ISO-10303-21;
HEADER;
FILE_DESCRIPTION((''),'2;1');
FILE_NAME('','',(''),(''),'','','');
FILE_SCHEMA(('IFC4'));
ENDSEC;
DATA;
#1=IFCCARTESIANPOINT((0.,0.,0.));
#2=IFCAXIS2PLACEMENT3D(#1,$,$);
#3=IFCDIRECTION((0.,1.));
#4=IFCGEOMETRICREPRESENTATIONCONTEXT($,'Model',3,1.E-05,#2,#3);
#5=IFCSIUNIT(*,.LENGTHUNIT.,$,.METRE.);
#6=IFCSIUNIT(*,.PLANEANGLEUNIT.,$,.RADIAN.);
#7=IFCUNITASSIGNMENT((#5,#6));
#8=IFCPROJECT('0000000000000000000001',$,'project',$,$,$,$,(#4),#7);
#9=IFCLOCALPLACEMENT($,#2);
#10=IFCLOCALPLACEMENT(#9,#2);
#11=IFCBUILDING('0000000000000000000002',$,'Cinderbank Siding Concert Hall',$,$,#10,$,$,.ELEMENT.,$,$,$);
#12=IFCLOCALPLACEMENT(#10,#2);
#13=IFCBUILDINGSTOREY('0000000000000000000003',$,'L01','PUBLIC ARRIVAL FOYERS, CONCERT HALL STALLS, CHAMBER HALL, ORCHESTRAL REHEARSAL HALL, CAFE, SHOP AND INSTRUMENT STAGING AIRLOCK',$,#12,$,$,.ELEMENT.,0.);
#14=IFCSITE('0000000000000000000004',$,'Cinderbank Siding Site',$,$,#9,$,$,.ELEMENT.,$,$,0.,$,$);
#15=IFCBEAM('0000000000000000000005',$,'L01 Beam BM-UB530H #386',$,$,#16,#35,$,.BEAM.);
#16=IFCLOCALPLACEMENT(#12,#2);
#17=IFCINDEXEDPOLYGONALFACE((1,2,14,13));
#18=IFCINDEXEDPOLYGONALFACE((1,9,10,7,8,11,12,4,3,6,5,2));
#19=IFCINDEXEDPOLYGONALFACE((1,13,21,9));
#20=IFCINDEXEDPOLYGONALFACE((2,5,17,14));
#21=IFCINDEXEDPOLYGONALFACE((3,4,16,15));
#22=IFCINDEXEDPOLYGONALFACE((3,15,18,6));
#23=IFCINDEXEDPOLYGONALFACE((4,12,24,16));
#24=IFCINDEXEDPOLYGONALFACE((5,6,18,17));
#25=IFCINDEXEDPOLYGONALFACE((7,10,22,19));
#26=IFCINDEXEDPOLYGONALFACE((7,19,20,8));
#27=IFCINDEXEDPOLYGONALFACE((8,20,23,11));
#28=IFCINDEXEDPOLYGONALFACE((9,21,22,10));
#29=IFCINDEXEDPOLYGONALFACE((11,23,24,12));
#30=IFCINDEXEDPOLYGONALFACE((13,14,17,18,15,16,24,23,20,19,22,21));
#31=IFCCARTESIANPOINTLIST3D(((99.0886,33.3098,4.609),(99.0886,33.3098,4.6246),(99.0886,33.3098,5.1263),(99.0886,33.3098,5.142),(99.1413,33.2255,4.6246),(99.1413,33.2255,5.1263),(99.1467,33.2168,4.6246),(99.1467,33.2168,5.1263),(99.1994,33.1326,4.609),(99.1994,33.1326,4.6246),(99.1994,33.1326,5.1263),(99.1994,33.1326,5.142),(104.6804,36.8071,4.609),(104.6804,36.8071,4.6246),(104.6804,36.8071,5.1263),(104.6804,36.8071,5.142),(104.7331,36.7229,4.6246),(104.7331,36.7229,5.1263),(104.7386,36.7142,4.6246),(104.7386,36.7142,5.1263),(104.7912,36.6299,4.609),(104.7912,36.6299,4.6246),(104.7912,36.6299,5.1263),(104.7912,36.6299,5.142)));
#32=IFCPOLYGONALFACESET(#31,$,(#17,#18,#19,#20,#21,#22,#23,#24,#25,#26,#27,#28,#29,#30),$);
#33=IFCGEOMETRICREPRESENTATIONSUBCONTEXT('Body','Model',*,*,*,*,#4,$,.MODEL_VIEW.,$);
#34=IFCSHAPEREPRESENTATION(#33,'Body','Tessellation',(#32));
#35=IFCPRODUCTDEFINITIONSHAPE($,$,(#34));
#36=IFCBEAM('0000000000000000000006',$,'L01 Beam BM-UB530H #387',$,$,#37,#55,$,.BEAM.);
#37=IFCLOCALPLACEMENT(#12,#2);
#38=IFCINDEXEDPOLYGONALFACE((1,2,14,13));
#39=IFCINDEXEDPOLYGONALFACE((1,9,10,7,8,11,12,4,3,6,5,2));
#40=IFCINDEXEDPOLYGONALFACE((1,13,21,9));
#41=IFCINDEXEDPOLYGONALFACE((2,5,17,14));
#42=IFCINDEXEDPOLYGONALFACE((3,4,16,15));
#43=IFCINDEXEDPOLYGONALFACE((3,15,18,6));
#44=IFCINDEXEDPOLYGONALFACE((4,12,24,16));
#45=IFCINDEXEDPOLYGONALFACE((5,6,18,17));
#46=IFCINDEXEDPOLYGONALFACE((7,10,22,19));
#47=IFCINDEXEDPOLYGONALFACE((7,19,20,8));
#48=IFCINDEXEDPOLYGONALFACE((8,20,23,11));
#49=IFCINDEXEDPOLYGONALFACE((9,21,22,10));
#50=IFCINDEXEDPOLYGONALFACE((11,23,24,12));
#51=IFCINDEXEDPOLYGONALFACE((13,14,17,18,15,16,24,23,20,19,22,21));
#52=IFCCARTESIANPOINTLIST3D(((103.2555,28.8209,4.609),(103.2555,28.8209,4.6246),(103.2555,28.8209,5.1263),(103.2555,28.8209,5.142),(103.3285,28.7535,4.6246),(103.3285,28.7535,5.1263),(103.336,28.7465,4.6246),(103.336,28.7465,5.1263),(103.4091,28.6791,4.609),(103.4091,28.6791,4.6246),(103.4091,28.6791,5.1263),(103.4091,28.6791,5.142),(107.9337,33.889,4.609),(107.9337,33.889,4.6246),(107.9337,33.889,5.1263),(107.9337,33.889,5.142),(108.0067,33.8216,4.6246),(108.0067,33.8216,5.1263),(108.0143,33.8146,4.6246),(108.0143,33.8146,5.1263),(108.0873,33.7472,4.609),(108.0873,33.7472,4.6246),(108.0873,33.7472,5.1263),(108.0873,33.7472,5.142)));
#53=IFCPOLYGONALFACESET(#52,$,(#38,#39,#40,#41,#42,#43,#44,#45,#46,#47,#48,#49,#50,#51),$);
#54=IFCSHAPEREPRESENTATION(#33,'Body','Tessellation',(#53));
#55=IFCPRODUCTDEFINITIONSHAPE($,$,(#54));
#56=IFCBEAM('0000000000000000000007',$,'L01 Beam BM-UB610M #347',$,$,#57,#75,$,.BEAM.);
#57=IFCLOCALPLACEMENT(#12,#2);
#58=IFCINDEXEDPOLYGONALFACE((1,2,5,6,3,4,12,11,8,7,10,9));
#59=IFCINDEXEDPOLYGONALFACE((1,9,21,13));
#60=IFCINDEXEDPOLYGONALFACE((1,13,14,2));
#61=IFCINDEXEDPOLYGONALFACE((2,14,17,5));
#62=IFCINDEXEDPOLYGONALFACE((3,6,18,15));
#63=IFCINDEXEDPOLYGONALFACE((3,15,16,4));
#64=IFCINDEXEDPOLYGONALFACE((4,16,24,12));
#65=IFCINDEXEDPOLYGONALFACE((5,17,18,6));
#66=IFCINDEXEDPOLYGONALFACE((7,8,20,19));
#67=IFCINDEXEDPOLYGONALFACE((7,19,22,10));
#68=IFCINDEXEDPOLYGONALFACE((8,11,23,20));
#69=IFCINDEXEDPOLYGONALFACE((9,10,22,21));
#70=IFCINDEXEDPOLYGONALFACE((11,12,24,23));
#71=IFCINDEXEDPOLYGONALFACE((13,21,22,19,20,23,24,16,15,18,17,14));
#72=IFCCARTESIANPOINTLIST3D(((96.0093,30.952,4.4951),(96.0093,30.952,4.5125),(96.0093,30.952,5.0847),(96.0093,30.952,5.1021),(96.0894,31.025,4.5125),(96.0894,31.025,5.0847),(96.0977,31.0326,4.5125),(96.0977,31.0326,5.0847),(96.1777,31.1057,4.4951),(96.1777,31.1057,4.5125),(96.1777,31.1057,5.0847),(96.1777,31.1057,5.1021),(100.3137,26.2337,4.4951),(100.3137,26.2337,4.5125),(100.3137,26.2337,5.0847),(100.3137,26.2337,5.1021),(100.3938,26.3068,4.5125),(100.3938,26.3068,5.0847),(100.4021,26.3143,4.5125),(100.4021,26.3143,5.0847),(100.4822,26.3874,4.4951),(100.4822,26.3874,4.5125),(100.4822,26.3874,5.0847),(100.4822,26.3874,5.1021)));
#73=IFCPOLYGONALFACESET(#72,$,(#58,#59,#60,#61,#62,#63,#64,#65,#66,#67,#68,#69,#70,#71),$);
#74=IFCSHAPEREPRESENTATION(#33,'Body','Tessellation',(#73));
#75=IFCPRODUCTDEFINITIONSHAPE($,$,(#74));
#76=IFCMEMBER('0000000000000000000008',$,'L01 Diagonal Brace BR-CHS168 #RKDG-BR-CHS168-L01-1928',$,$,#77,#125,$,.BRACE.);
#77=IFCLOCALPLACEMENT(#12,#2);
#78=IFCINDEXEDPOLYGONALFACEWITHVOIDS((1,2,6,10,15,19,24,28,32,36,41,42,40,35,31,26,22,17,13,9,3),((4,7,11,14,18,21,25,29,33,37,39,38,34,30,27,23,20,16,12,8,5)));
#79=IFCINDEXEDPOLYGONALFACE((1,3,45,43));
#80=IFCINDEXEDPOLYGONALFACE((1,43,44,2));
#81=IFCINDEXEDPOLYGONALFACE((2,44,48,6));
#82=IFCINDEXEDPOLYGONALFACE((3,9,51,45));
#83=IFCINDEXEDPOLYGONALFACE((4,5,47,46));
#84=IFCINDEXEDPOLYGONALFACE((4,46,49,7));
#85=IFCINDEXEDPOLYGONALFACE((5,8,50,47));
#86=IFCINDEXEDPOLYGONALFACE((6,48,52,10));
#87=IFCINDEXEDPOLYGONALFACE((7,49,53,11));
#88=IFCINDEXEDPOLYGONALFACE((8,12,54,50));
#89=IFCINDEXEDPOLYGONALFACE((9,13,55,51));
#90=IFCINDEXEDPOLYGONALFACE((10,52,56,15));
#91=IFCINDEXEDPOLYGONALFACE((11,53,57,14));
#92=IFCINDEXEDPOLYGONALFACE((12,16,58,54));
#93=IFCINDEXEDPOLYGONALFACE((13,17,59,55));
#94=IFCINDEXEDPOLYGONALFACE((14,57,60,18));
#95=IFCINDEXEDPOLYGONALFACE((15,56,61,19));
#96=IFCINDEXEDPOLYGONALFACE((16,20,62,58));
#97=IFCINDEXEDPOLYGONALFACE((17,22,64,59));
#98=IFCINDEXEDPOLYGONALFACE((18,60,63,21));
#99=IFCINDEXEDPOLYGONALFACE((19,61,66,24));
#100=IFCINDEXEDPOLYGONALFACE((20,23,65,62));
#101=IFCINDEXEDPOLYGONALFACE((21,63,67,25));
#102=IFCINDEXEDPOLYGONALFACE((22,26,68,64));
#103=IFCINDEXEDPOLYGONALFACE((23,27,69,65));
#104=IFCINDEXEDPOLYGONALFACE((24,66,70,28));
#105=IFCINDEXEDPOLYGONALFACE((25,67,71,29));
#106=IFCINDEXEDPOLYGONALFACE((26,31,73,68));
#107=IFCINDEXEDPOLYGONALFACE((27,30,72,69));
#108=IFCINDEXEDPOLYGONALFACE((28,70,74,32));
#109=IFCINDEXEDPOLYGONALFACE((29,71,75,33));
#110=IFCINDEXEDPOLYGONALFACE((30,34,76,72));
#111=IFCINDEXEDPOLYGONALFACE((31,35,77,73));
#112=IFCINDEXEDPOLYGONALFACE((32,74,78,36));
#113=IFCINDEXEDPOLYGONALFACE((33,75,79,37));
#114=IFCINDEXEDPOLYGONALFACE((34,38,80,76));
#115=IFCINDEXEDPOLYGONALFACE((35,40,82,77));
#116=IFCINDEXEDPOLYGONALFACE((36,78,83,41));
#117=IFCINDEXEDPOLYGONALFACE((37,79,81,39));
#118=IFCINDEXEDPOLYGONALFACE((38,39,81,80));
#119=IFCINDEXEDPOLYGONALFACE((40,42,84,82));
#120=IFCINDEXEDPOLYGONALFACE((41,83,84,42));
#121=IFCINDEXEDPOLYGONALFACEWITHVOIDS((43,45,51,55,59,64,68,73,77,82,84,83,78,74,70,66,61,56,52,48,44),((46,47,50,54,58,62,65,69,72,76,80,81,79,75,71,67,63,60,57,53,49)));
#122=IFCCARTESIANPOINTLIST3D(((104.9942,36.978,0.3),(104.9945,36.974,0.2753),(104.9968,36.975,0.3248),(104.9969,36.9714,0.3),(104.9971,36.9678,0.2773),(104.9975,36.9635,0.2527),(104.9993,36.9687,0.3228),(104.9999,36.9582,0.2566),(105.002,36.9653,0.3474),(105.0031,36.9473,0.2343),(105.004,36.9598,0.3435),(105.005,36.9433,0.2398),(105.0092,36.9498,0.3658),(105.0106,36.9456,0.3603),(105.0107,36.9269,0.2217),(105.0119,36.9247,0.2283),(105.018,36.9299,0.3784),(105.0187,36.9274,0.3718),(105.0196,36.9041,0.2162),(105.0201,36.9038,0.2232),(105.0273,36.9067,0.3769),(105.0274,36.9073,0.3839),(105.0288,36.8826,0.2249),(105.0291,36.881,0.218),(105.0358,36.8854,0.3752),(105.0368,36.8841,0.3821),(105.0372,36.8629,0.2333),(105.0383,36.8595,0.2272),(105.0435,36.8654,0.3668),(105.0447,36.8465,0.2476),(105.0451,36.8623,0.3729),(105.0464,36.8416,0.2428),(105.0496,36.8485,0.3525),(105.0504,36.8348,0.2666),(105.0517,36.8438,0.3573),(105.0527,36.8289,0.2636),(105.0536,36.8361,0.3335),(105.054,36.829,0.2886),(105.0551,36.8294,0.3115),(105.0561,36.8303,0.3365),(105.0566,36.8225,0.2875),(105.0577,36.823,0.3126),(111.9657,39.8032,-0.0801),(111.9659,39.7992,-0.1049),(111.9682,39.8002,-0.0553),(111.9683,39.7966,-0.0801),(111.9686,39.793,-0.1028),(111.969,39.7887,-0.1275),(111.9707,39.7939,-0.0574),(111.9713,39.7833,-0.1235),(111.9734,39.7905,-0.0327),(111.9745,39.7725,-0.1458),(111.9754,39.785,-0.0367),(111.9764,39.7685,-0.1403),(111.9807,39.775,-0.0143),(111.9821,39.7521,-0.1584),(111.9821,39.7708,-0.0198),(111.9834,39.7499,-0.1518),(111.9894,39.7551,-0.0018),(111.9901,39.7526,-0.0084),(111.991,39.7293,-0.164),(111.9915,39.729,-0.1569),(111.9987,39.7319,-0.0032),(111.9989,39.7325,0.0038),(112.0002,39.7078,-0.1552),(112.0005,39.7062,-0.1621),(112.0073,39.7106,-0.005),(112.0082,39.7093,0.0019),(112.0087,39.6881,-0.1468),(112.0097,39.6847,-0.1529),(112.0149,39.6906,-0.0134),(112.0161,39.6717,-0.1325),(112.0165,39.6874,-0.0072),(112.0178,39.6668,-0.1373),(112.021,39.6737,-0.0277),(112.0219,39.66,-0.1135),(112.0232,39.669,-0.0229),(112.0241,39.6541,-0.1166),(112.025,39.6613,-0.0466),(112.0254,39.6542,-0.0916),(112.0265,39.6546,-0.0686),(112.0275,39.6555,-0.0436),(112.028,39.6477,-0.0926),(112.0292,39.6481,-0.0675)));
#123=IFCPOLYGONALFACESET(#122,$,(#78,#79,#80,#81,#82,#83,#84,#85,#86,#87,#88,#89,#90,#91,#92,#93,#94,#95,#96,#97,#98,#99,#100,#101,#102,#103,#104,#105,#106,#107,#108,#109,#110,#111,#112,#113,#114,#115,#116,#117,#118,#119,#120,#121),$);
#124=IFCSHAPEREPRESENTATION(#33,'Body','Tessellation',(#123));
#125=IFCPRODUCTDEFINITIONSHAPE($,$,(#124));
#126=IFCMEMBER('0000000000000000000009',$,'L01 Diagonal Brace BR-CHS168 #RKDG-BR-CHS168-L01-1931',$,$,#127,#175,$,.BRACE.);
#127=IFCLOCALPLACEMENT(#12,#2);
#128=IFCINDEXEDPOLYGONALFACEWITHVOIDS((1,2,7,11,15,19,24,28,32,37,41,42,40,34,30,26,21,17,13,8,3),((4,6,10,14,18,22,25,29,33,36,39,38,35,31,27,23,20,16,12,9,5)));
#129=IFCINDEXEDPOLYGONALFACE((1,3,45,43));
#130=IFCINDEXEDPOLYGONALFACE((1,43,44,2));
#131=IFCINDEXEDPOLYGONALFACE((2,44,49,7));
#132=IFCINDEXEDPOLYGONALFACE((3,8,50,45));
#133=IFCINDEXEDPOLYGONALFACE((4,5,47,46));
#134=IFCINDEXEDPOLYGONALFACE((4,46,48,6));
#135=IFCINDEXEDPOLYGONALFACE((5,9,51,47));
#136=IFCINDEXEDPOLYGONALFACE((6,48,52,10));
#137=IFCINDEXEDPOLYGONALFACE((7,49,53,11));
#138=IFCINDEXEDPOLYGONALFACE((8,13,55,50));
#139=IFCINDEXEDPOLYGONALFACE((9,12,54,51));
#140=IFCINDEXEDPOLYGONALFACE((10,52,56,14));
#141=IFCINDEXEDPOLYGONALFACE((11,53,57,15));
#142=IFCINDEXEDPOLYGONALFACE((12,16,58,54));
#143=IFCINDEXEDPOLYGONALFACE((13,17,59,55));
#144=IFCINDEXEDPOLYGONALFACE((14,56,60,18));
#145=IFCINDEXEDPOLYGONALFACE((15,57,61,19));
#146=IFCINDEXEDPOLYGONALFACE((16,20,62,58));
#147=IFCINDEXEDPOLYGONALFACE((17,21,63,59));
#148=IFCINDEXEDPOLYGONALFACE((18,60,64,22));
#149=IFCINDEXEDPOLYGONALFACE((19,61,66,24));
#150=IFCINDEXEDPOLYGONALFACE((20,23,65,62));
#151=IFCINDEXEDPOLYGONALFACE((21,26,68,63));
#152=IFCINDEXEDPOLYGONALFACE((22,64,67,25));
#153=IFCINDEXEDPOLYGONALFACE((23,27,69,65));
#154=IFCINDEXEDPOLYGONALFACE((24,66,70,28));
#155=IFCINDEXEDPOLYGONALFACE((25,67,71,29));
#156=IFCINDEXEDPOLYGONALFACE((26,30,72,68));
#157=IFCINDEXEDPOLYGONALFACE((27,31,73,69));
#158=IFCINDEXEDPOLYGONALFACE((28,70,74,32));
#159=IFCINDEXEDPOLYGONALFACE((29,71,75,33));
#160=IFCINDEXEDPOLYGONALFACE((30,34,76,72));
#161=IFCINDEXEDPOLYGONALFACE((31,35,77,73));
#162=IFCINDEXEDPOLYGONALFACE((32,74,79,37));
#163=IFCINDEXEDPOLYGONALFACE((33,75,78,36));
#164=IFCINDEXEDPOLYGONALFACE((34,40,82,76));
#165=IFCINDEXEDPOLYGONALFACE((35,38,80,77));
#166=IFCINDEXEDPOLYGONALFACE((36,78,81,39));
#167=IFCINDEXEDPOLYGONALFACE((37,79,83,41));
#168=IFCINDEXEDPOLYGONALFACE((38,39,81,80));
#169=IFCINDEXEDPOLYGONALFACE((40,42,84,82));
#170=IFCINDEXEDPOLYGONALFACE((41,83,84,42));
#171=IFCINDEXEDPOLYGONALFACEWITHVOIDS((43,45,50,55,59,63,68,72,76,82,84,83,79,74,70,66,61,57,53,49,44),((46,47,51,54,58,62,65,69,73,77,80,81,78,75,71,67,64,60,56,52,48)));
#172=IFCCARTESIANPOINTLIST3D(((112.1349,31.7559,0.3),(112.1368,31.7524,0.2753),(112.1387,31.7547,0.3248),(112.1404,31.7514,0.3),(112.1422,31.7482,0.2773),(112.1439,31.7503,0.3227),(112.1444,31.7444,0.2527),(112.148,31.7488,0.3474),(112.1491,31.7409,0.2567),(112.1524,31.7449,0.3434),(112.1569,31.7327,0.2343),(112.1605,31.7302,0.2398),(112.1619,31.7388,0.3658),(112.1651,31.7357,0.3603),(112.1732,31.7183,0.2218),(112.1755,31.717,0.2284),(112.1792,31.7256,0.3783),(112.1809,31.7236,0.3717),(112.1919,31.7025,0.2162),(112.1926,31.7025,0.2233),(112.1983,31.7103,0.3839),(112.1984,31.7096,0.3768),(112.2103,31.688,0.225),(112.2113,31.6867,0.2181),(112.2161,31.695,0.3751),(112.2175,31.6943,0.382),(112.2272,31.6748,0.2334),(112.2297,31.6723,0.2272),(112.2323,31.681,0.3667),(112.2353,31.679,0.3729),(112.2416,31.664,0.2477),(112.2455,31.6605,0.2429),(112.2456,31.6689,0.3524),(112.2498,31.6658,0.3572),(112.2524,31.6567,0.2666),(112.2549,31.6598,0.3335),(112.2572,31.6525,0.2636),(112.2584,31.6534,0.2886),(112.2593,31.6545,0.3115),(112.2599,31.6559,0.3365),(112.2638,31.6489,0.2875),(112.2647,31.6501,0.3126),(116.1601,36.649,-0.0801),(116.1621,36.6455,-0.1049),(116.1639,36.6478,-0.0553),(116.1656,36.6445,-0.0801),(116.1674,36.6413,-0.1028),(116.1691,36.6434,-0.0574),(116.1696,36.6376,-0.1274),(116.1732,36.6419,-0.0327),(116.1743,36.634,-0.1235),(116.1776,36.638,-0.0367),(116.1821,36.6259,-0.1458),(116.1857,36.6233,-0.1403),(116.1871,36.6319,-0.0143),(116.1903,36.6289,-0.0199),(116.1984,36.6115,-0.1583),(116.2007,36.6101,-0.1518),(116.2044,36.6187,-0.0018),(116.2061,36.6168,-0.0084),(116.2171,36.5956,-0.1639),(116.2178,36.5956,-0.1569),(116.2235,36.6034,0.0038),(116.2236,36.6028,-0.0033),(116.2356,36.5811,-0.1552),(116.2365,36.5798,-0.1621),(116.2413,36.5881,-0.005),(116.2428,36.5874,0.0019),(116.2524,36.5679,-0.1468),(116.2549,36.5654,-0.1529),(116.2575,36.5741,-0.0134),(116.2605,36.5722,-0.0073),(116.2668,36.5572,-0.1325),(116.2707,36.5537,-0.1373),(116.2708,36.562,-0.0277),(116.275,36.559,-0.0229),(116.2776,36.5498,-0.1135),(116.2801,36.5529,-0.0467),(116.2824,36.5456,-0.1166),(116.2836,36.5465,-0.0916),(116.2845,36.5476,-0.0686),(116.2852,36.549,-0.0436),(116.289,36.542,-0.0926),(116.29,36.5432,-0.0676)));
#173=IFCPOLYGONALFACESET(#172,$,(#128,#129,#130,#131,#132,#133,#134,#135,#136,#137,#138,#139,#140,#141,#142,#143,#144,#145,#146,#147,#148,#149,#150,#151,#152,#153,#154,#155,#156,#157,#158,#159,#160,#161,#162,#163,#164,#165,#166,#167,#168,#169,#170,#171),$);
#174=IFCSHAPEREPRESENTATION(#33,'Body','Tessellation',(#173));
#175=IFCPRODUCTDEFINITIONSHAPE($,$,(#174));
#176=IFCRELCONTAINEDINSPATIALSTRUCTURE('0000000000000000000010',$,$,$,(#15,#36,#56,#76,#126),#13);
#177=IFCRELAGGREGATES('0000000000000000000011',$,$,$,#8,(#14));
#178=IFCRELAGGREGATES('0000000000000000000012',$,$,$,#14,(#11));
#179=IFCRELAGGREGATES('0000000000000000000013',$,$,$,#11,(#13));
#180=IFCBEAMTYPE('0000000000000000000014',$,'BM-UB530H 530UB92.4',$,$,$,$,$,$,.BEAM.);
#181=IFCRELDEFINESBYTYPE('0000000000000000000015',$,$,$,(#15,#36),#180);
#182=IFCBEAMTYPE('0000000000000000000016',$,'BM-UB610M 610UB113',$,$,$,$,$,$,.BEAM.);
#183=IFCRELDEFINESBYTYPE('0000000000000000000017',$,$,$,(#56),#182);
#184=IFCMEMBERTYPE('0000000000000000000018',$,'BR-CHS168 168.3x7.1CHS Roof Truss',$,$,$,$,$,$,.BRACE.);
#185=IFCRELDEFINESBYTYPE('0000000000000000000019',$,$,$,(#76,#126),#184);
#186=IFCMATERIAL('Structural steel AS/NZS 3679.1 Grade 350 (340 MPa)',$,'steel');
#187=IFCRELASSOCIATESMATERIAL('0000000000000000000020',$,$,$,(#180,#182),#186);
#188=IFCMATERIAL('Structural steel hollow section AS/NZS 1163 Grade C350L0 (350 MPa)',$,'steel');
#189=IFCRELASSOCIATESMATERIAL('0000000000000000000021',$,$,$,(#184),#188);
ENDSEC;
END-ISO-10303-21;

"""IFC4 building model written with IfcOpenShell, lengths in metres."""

from ifc_helpers import new_model, si_unit, direction, frame, origin, origin_2d, place, context, subcontext, project, spatial, hollow_circle, i_section, extrude, material, material_profile, profile_set, type_object, element, save


model = new_model("IFC4")

# Units and contexts
model_context = context("Model", 3, precision=1e-05, world=origin(), true_north=direction((0.0, 1.0)))
body_context = subcontext(model_context, "Body", "Model", "MODEL_VIEW")
ifc_project = project(units=[si_unit("LENGTHUNIT", "METRE"), si_unit("PLANEANGLEUNIT", "RADIAN")], contexts=[model_context])

# Site, building, storey
site_placement = place(None, origin())
site = spatial("IfcSite", under=ifc_project, at=site_placement, Name="Cinderbank Siding Site", CompositionType="ELEMENT", RefElevation=0.0)
building_placement = place(site_placement, origin())
building = spatial("IfcBuilding", under=site, at=building_placement, Name="Cinderbank Siding Concert Hall", CompositionType="ELEMENT")
storey_placement = place(building_placement, origin())
storey = spatial("IfcBuildingStorey", under=building, at=storey_placement, Name="L01", Description="PUBLIC ARRIVAL FOYERS, CONCERT HALL STALLS, CHAMBER HALL, ORCHESTRAL REHEARSAL HALL, CAFE, SHOP AND INSTRUMENT STAGING AIRLOCK", CompositionType="ELEMENT", Elevation=0.0)

# Beams
ifc_material_1 = material(Name="Structural steel AS/NZS 3679.1 Grade 350 (340 MPa)", Category="steel")
ifc_material_profile_1 = material_profile(ifc_material_1, i_section(OverallWidth=0.209, OverallDepth=0.533, WebThickness=0.0103, FlangeThickness=0.0156, at=origin_2d()), Name="530UB92.4", Category="LoadBearing")
ifc_profile_set_1 = profile_set([ifc_material_profile_1], Name="Structural steel AS/NZS 3679.1 Grade 350 (340 MPa)")
beam_type_1 = type_object("IfcBeamType", Name="BM-UB530H 530UB92.4", PredefinedType="BEAM", material=ifc_profile_set_1)
beam_1_placement = place(storey_placement, frame((104.7358, 36.7185, 4.8755), z_axis=(-0.847832, -0.530265, 0.0), x_axis=(0.530265, -0.847832, 0.0)))
element("IfcBeam", 1, at=beam_1_placement, inside=storey, type_object=beam_type_1, Name="L01 Beam BM-UB530H #386", PredefinedType="BEAM", context=body_context, shape_type="SweptSolid", body=[
    extrude(i_section(OverallWidth=0.209, OverallDepth=0.533, WebThickness=0.0103, FlangeThickness=0.0156, at=origin_2d()), origin(), (0.0, 0.0, 1.0), 6.5955),
])
beam_2_placement = place(storey_placement, frame((108.0105, 33.8181, 4.8755), z_axis=(-0.678277, -0.734806, 0.0), x_axis=(0.734806, -0.678277, 0.0)))
element("IfcBeam", 2, at=beam_2_placement, inside=storey, type_object=beam_type_1, Name="L01 Beam BM-UB530H #387", PredefinedType="BEAM", context=body_context, shape_type="SweptSolid", body=[
    extrude(i_section(OverallWidth=0.209, OverallDepth=0.533, WebThickness=0.0103, FlangeThickness=0.0156, at=origin_2d()), origin(), (0.0, 0.0, 1.0), 6.8972),
])
ifc_material_profile_2 = material_profile(ifc_material_1, i_section(OverallWidth=0.228, OverallDepth=0.6069, WebThickness=0.0112, FlangeThickness=0.0173, at=origin_2d()), Name="610UB113", Category="LoadBearing")
ifc_profile_set_2 = profile_set([ifc_material_profile_2], Name="Structural steel AS/NZS 3679.1 Grade 350 (340 MPa)")
beam_type_2 = type_object("IfcBeamType", Name="BM-UB610M 610UB113", PredefinedType="BEAM", material=ifc_profile_set_2)
beam_3_placement = place(storey_placement, frame((96.0935, 31.0288, 4.7986), z_axis=(0.673967, -0.738761, 0.0), x_axis=(0.738761, 0.673967, 0.0)))
element("IfcBeam", 3, at=beam_3_placement, inside=storey, type_object=beam_type_2, Name="L01 Beam BM-UB610M #347", PredefinedType="BEAM", context=body_context, shape_type="SweptSolid", body=[
    extrude(i_section(OverallWidth=0.228, OverallDepth=0.6069, WebThickness=0.0112, FlangeThickness=0.0173, at=origin_2d()), origin(), (0.0, 0.0, 1.0), 6.3867),
])

# Members
ifc_material_2 = material(Name="Structural steel hollow section AS/NZS 1163 Grade C350L0 (350 MPa)", Category="steel")
ifc_material_profile_3 = material_profile(ifc_material_2, hollow_circle(Radius=0.0842, WallThickness=0.0071, at=origin_2d()), Name="168.3x7.1CHS", Category="LoadBearing")
ifc_profile_set_3 = profile_set([ifc_material_profile_3], Name="Structural steel hollow section AS/NZS 1163 Grade C350L0 (350 MPa)")
member_type_1 = type_object("IfcMemberType", Name="BR-CHS168 168.3x7.1CHS Roof Truss", PredefinedType="BRACE", material=ifc_profile_set_3)
member_1_placement = place(storey_placement, frame((105.0259, 36.8999, 0.3), z_axis=(0.925607, 0.375105, -0.05047), x_axis=(-0.375584, 0.926788, 0.0)))
element("IfcMember", 4, at=member_1_placement, inside=storey, type_object=member_type_1, Name="L01 Diagonal Brace BR-CHS168 #RKDG-BR-CHS168-L01-1928", PredefinedType="BRACE", context=body_context, shape_type="SweptSolid", body=[
    extrude(hollow_circle(Radius=0.0842, WallThickness=0.0071, at=origin_2d()), origin(), (0.0, 0.0, 1.0), 7.5317),
])
member_2_placement = place(storey_placement, frame((112.2, 31.7024, 0.3), z_axis=(0.63415, 0.770888, -0.059888), x_axis=(-0.772274, 0.63529, 0.0)))
element("IfcMember", 5, at=member_2_placement, inside=storey, type_object=member_type_1, Name="L01 Diagonal Brace BR-CHS168 #RKDG-BR-CHS168-L01-1931", PredefinedType="BRACE", context=body_context, shape_type="SweptSolid", body=[
    extrude(hollow_circle(Radius=0.0842, WallThickness=0.0071, at=origin_2d()), origin(), (0.0, 0.0, 1.0), 6.3474),
])

save(model, "model.ifc")
